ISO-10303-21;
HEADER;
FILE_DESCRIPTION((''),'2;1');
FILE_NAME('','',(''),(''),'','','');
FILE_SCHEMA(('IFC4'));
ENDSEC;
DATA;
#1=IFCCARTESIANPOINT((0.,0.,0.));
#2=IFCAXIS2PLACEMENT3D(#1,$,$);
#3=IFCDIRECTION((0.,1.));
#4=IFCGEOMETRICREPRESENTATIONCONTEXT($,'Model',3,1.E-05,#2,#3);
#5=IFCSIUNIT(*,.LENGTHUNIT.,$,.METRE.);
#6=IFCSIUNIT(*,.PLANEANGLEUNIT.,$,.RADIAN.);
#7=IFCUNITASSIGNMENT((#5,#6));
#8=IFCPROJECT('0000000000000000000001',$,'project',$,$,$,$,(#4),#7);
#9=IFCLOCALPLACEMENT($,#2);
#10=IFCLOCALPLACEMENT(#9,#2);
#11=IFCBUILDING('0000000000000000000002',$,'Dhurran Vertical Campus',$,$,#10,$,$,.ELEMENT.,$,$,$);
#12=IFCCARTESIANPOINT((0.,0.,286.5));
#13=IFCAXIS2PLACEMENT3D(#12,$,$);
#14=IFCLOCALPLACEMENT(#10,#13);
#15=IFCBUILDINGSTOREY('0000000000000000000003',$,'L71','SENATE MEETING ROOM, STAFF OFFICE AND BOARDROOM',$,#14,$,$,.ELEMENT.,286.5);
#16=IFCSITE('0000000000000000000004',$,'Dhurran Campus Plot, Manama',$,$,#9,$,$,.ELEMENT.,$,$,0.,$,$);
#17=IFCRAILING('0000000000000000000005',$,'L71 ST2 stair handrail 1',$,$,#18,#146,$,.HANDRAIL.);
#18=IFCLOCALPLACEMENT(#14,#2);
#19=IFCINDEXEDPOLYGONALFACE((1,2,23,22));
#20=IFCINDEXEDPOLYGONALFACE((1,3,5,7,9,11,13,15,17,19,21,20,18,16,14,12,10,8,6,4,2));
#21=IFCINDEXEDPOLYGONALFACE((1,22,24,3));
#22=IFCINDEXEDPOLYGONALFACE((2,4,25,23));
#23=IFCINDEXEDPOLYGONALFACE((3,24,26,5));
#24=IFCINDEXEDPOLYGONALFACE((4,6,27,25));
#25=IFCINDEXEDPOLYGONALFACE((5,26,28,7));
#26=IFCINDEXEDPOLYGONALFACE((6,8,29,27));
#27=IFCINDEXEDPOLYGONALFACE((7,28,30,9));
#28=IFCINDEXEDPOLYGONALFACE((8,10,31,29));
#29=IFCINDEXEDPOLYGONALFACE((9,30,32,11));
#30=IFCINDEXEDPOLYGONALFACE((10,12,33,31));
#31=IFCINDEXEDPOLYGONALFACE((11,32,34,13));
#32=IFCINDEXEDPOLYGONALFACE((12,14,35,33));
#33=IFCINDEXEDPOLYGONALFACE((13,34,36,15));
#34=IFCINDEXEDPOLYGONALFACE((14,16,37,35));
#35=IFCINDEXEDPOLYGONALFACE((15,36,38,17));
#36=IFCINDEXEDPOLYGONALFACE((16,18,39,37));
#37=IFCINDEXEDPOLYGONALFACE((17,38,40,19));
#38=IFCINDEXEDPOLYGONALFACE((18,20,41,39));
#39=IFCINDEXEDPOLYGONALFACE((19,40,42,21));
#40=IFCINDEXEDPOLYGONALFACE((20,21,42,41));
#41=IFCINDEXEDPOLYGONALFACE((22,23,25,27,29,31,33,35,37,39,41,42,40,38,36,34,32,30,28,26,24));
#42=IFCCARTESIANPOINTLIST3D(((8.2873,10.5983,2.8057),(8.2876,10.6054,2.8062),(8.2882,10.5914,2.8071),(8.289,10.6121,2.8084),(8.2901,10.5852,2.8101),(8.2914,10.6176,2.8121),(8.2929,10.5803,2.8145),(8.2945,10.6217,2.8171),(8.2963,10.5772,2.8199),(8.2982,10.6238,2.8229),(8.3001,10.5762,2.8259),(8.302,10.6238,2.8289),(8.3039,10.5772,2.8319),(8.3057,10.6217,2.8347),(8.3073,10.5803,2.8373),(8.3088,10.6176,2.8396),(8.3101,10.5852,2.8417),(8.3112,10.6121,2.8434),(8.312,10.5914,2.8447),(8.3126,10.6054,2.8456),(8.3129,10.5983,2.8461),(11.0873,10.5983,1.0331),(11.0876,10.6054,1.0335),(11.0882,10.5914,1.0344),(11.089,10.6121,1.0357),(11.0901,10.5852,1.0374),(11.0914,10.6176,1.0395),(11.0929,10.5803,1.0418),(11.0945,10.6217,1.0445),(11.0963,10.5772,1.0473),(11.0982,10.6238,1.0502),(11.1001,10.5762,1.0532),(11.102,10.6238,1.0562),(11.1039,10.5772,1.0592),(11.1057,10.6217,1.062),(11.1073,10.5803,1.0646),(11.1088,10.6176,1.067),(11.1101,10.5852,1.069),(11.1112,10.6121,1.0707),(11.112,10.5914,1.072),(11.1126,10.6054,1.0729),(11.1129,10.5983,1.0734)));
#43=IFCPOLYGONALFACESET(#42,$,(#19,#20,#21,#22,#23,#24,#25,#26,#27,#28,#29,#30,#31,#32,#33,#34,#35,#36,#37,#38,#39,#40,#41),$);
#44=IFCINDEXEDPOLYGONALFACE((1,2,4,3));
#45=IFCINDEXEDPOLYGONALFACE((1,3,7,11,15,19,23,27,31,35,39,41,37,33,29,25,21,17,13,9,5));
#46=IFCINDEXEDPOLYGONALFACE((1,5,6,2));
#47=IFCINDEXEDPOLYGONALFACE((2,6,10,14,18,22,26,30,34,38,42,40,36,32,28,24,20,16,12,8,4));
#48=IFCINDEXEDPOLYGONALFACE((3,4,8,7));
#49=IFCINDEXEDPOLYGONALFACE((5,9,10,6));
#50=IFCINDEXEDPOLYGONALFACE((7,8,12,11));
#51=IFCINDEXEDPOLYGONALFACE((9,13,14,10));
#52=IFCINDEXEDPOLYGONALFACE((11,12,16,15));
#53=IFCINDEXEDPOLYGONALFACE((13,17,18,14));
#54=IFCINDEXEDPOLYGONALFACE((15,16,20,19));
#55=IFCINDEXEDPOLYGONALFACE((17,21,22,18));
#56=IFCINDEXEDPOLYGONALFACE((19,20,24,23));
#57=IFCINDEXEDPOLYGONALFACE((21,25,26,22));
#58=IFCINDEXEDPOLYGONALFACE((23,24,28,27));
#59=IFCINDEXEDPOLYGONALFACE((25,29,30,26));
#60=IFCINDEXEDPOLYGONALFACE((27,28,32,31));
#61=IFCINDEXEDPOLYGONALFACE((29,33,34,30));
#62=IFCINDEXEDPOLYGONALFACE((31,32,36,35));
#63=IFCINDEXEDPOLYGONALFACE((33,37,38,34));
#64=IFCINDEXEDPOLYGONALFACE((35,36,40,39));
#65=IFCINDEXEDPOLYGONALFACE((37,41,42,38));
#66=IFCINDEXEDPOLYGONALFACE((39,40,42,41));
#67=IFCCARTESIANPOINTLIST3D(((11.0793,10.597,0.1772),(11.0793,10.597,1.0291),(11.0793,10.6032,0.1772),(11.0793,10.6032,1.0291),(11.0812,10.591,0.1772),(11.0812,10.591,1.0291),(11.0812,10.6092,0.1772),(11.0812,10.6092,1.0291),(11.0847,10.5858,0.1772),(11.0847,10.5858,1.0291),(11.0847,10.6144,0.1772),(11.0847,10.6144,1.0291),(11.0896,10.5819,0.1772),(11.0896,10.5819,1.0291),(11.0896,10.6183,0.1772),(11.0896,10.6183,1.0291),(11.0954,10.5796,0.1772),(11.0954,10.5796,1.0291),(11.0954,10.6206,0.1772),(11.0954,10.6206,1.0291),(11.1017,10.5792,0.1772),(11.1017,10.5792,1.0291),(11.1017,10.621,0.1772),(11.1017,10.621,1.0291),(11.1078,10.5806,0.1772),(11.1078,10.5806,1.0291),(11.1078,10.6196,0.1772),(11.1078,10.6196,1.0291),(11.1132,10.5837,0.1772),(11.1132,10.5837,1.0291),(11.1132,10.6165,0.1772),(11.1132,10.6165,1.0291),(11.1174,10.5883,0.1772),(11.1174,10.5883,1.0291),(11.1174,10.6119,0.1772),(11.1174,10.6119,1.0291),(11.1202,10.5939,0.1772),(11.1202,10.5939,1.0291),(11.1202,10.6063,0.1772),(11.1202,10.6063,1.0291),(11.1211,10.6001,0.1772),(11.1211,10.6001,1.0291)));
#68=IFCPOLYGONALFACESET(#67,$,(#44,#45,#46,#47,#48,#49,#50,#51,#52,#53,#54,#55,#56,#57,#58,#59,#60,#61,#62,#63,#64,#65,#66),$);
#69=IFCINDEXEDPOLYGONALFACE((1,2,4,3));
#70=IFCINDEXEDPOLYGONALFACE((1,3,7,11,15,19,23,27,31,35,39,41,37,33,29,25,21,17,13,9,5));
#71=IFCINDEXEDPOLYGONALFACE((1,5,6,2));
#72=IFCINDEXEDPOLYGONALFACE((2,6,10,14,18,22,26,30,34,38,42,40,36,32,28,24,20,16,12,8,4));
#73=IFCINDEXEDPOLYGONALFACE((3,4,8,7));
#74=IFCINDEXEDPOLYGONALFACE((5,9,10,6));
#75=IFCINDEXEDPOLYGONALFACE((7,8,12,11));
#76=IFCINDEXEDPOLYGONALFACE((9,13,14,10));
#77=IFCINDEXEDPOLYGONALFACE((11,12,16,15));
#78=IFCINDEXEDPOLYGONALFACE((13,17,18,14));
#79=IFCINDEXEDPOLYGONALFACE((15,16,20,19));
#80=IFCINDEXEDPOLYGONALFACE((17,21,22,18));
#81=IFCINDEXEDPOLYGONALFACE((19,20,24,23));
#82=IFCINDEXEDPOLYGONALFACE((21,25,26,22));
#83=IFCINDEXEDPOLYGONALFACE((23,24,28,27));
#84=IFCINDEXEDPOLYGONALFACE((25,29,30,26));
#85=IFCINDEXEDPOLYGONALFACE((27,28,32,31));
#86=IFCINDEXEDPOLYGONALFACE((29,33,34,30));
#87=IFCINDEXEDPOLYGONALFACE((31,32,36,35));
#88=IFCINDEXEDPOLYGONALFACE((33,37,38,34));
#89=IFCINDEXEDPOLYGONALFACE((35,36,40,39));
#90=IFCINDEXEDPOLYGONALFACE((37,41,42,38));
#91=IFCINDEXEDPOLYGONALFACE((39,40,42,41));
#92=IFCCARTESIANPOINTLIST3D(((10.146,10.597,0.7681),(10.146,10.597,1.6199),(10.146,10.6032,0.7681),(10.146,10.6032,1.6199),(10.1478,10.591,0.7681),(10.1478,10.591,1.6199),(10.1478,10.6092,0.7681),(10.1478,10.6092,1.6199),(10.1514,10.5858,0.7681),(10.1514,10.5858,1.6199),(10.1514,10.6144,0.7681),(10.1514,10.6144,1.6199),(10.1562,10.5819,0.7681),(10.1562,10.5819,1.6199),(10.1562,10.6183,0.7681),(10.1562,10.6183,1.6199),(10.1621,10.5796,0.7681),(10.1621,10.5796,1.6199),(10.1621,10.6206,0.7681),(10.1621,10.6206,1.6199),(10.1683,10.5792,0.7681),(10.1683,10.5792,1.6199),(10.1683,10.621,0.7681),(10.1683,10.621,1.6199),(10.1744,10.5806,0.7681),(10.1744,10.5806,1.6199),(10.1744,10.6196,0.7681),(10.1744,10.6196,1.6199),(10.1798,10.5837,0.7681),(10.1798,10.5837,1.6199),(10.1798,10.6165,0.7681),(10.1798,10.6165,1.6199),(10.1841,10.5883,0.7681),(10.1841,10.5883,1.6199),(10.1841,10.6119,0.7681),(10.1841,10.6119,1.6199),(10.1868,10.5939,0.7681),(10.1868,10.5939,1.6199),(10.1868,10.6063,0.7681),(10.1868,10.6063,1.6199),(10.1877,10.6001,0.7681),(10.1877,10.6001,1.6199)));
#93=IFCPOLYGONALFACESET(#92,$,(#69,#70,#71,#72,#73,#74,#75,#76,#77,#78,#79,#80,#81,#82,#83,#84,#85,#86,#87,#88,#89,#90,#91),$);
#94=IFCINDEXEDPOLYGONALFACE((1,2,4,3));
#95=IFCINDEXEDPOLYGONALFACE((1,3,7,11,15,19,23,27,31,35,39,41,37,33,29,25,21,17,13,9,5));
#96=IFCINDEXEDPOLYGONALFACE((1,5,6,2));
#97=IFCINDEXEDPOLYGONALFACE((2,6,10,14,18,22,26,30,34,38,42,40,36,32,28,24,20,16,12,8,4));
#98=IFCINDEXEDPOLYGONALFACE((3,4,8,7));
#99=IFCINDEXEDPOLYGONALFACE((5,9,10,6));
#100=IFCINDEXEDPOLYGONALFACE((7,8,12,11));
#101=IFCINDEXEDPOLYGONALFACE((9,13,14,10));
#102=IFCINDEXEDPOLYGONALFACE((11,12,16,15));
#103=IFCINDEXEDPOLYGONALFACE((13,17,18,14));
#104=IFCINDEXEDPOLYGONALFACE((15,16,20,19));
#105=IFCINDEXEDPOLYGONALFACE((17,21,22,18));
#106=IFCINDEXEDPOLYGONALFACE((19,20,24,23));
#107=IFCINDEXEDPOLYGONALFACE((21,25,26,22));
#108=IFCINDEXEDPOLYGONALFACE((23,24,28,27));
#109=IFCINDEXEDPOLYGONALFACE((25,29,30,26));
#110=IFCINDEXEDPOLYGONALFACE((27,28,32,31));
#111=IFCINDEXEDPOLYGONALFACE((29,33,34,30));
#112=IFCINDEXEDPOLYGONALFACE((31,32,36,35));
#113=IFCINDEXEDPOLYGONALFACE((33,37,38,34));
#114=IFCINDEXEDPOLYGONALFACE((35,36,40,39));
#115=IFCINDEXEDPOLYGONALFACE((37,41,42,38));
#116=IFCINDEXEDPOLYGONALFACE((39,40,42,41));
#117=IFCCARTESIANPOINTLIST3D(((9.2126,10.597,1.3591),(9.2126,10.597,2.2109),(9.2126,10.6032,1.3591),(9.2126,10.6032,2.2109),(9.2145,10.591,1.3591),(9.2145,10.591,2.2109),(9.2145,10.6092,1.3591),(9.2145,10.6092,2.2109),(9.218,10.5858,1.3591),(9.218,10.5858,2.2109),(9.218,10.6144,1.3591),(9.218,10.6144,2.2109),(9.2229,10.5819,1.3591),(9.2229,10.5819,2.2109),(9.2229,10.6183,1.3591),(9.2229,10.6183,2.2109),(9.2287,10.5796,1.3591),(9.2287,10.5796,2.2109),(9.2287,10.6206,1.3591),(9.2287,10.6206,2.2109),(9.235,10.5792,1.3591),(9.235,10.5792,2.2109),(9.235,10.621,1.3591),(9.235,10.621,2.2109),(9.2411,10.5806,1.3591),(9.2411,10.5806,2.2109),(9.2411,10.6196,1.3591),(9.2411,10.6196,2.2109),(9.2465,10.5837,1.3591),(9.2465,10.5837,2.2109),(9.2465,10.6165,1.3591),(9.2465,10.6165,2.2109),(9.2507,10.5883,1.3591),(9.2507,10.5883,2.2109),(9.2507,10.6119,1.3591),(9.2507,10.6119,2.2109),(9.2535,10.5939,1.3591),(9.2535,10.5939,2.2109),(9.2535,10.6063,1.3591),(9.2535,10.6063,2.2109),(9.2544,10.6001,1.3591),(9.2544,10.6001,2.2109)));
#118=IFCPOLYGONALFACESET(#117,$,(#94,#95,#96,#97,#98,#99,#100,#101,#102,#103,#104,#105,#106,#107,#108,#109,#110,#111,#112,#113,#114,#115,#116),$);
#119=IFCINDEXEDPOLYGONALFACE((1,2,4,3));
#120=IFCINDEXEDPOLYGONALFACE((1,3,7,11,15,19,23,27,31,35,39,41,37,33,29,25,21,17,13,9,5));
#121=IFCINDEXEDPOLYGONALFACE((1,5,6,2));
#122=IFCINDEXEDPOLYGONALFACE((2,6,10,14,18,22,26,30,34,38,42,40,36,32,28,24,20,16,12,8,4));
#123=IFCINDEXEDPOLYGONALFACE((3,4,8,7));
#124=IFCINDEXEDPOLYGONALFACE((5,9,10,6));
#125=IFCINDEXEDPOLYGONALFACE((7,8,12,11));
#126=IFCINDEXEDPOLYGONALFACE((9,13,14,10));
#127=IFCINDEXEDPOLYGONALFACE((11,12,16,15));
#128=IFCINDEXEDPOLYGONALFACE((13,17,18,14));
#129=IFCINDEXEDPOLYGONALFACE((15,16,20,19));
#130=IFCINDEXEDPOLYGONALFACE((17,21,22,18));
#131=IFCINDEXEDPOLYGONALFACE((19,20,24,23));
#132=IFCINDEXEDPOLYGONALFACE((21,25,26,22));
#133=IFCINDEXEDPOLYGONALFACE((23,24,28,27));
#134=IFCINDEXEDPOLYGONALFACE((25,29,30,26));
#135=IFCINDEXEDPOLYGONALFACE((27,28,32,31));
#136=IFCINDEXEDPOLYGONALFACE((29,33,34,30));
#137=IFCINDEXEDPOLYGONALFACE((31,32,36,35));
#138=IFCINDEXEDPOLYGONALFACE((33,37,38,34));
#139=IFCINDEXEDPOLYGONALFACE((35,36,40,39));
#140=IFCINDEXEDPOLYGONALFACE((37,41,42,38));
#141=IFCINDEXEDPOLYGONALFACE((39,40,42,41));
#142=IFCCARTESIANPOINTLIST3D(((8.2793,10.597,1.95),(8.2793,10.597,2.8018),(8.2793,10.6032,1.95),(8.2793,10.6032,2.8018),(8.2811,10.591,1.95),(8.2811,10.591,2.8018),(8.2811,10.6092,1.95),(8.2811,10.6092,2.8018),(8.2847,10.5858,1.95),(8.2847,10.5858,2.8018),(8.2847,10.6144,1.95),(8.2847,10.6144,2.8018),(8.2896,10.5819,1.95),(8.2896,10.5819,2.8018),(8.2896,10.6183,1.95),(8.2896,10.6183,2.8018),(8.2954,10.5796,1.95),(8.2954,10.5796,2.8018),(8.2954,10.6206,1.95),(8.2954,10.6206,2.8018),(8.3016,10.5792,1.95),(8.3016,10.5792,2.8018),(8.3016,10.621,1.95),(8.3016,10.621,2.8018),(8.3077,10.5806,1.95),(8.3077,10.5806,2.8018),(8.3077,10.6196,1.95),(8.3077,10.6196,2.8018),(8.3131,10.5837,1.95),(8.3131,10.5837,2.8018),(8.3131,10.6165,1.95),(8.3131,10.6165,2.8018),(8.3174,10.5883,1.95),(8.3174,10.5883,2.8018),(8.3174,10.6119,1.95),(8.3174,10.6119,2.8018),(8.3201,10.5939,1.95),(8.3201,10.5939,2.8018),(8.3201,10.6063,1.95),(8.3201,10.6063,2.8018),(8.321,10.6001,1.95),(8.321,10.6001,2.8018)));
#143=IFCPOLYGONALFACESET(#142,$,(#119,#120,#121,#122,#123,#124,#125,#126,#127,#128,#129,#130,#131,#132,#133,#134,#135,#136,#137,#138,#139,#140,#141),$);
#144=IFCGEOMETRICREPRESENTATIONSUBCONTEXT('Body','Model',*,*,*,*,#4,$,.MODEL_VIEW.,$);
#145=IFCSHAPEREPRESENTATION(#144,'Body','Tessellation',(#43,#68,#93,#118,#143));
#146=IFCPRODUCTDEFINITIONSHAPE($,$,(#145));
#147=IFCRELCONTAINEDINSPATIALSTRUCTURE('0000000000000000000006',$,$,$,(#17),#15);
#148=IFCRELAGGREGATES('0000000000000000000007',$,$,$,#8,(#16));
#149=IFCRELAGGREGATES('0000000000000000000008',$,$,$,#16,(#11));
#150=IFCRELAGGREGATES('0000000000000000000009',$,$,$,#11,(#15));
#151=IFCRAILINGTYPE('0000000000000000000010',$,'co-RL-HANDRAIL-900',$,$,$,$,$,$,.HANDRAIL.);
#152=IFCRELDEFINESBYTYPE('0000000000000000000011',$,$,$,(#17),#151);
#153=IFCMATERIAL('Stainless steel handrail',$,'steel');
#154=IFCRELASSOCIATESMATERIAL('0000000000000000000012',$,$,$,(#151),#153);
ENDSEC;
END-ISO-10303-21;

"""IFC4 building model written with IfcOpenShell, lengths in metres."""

from ifc_helpers import new_model, si_unit, direction, frame, origin, origin_2d, place, context, subcontext, project, spatial, circle, extrude, material, type_object, element, save


model = new_model("IFC4")

# Units and contexts
model_context = context("Model", 3, precision=1e-05, world=origin(), true_north=direction((0.0, 1.0)))
body_context = subcontext(model_context, "Body", "Model", "MODEL_VIEW")
ifc_project = project(units=[si_unit("LENGTHUNIT", "METRE"), si_unit("PLANEANGLEUNIT", "RADIAN")], contexts=[model_context])

# Site, building, storey
site_placement = place(None, origin())
site = spatial("IfcSite", under=ifc_project, at=site_placement, Name="Dhurran Campus Plot, Manama", CompositionType="ELEMENT", RefElevation=0.0)
building_placement = place(site_placement, origin())
building = spatial("IfcBuilding", under=site, at=building_placement, Name="Dhurran Vertical Campus", CompositionType="ELEMENT")
storey_placement = place(building_placement, frame((0.0, 0.0, 286.5)))
storey = spatial("IfcBuildingStorey", under=building, at=storey_placement, Name="L71", Description="SENATE MEETING ROOM, STAFF OFFICE AND BOARDROOM", CompositionType="ELEMENT", Elevation=286.5)

# Railing
ifc_material_1 = material(Name="Stainless steel handrail", Category="steel")
railing_type_1 = type_object("IfcRailingType", Name="co-RL-HANDRAIL-900", PredefinedType="HANDRAIL", material=ifc_material_1)
railing_1_placement = place(storey_placement, frame((11.1001, 10.6001, 0.1772)))
element("IfcRailing", 1, at=railing_1_placement, inside=storey, type_object=railing_type_1, Name="L71 ST2 stair handrail 1", PredefinedType="HANDRAIL", context=body_context, shape_type="SweptSolid", body=[
    extrude(circle(Radius=0.0239, at=origin_2d()), frame((0.0, 0.0, 0.876), z_axis=(-0.844909, 0.0, 0.53491), x_axis=(0.0, -1.0, 0.0)), (0.0, 0.0, 1.0), 3.314),
    extrude(circle(Radius=0.021, at=origin_2d()), origin(), (0.0, 0.0, 1.0), 0.8518),
    extrude(circle(Radius=0.021, at=origin_2d()), frame((-0.9333, 0.0, 0.5908)), (0.0, 0.0, 1.0), 0.8518),
    extrude(circle(Radius=0.021, at=origin_2d()), frame((-1.8667, 0.0, 1.1819)), (0.0, 0.0, 1.0), 0.8518),
    extrude(circle(Radius=0.021, at=origin_2d()), frame((-2.8, 0.0, 1.7727)), (0.0, 0.0, 1.0), 0.8518),
])

save(model, "model.ifc")
